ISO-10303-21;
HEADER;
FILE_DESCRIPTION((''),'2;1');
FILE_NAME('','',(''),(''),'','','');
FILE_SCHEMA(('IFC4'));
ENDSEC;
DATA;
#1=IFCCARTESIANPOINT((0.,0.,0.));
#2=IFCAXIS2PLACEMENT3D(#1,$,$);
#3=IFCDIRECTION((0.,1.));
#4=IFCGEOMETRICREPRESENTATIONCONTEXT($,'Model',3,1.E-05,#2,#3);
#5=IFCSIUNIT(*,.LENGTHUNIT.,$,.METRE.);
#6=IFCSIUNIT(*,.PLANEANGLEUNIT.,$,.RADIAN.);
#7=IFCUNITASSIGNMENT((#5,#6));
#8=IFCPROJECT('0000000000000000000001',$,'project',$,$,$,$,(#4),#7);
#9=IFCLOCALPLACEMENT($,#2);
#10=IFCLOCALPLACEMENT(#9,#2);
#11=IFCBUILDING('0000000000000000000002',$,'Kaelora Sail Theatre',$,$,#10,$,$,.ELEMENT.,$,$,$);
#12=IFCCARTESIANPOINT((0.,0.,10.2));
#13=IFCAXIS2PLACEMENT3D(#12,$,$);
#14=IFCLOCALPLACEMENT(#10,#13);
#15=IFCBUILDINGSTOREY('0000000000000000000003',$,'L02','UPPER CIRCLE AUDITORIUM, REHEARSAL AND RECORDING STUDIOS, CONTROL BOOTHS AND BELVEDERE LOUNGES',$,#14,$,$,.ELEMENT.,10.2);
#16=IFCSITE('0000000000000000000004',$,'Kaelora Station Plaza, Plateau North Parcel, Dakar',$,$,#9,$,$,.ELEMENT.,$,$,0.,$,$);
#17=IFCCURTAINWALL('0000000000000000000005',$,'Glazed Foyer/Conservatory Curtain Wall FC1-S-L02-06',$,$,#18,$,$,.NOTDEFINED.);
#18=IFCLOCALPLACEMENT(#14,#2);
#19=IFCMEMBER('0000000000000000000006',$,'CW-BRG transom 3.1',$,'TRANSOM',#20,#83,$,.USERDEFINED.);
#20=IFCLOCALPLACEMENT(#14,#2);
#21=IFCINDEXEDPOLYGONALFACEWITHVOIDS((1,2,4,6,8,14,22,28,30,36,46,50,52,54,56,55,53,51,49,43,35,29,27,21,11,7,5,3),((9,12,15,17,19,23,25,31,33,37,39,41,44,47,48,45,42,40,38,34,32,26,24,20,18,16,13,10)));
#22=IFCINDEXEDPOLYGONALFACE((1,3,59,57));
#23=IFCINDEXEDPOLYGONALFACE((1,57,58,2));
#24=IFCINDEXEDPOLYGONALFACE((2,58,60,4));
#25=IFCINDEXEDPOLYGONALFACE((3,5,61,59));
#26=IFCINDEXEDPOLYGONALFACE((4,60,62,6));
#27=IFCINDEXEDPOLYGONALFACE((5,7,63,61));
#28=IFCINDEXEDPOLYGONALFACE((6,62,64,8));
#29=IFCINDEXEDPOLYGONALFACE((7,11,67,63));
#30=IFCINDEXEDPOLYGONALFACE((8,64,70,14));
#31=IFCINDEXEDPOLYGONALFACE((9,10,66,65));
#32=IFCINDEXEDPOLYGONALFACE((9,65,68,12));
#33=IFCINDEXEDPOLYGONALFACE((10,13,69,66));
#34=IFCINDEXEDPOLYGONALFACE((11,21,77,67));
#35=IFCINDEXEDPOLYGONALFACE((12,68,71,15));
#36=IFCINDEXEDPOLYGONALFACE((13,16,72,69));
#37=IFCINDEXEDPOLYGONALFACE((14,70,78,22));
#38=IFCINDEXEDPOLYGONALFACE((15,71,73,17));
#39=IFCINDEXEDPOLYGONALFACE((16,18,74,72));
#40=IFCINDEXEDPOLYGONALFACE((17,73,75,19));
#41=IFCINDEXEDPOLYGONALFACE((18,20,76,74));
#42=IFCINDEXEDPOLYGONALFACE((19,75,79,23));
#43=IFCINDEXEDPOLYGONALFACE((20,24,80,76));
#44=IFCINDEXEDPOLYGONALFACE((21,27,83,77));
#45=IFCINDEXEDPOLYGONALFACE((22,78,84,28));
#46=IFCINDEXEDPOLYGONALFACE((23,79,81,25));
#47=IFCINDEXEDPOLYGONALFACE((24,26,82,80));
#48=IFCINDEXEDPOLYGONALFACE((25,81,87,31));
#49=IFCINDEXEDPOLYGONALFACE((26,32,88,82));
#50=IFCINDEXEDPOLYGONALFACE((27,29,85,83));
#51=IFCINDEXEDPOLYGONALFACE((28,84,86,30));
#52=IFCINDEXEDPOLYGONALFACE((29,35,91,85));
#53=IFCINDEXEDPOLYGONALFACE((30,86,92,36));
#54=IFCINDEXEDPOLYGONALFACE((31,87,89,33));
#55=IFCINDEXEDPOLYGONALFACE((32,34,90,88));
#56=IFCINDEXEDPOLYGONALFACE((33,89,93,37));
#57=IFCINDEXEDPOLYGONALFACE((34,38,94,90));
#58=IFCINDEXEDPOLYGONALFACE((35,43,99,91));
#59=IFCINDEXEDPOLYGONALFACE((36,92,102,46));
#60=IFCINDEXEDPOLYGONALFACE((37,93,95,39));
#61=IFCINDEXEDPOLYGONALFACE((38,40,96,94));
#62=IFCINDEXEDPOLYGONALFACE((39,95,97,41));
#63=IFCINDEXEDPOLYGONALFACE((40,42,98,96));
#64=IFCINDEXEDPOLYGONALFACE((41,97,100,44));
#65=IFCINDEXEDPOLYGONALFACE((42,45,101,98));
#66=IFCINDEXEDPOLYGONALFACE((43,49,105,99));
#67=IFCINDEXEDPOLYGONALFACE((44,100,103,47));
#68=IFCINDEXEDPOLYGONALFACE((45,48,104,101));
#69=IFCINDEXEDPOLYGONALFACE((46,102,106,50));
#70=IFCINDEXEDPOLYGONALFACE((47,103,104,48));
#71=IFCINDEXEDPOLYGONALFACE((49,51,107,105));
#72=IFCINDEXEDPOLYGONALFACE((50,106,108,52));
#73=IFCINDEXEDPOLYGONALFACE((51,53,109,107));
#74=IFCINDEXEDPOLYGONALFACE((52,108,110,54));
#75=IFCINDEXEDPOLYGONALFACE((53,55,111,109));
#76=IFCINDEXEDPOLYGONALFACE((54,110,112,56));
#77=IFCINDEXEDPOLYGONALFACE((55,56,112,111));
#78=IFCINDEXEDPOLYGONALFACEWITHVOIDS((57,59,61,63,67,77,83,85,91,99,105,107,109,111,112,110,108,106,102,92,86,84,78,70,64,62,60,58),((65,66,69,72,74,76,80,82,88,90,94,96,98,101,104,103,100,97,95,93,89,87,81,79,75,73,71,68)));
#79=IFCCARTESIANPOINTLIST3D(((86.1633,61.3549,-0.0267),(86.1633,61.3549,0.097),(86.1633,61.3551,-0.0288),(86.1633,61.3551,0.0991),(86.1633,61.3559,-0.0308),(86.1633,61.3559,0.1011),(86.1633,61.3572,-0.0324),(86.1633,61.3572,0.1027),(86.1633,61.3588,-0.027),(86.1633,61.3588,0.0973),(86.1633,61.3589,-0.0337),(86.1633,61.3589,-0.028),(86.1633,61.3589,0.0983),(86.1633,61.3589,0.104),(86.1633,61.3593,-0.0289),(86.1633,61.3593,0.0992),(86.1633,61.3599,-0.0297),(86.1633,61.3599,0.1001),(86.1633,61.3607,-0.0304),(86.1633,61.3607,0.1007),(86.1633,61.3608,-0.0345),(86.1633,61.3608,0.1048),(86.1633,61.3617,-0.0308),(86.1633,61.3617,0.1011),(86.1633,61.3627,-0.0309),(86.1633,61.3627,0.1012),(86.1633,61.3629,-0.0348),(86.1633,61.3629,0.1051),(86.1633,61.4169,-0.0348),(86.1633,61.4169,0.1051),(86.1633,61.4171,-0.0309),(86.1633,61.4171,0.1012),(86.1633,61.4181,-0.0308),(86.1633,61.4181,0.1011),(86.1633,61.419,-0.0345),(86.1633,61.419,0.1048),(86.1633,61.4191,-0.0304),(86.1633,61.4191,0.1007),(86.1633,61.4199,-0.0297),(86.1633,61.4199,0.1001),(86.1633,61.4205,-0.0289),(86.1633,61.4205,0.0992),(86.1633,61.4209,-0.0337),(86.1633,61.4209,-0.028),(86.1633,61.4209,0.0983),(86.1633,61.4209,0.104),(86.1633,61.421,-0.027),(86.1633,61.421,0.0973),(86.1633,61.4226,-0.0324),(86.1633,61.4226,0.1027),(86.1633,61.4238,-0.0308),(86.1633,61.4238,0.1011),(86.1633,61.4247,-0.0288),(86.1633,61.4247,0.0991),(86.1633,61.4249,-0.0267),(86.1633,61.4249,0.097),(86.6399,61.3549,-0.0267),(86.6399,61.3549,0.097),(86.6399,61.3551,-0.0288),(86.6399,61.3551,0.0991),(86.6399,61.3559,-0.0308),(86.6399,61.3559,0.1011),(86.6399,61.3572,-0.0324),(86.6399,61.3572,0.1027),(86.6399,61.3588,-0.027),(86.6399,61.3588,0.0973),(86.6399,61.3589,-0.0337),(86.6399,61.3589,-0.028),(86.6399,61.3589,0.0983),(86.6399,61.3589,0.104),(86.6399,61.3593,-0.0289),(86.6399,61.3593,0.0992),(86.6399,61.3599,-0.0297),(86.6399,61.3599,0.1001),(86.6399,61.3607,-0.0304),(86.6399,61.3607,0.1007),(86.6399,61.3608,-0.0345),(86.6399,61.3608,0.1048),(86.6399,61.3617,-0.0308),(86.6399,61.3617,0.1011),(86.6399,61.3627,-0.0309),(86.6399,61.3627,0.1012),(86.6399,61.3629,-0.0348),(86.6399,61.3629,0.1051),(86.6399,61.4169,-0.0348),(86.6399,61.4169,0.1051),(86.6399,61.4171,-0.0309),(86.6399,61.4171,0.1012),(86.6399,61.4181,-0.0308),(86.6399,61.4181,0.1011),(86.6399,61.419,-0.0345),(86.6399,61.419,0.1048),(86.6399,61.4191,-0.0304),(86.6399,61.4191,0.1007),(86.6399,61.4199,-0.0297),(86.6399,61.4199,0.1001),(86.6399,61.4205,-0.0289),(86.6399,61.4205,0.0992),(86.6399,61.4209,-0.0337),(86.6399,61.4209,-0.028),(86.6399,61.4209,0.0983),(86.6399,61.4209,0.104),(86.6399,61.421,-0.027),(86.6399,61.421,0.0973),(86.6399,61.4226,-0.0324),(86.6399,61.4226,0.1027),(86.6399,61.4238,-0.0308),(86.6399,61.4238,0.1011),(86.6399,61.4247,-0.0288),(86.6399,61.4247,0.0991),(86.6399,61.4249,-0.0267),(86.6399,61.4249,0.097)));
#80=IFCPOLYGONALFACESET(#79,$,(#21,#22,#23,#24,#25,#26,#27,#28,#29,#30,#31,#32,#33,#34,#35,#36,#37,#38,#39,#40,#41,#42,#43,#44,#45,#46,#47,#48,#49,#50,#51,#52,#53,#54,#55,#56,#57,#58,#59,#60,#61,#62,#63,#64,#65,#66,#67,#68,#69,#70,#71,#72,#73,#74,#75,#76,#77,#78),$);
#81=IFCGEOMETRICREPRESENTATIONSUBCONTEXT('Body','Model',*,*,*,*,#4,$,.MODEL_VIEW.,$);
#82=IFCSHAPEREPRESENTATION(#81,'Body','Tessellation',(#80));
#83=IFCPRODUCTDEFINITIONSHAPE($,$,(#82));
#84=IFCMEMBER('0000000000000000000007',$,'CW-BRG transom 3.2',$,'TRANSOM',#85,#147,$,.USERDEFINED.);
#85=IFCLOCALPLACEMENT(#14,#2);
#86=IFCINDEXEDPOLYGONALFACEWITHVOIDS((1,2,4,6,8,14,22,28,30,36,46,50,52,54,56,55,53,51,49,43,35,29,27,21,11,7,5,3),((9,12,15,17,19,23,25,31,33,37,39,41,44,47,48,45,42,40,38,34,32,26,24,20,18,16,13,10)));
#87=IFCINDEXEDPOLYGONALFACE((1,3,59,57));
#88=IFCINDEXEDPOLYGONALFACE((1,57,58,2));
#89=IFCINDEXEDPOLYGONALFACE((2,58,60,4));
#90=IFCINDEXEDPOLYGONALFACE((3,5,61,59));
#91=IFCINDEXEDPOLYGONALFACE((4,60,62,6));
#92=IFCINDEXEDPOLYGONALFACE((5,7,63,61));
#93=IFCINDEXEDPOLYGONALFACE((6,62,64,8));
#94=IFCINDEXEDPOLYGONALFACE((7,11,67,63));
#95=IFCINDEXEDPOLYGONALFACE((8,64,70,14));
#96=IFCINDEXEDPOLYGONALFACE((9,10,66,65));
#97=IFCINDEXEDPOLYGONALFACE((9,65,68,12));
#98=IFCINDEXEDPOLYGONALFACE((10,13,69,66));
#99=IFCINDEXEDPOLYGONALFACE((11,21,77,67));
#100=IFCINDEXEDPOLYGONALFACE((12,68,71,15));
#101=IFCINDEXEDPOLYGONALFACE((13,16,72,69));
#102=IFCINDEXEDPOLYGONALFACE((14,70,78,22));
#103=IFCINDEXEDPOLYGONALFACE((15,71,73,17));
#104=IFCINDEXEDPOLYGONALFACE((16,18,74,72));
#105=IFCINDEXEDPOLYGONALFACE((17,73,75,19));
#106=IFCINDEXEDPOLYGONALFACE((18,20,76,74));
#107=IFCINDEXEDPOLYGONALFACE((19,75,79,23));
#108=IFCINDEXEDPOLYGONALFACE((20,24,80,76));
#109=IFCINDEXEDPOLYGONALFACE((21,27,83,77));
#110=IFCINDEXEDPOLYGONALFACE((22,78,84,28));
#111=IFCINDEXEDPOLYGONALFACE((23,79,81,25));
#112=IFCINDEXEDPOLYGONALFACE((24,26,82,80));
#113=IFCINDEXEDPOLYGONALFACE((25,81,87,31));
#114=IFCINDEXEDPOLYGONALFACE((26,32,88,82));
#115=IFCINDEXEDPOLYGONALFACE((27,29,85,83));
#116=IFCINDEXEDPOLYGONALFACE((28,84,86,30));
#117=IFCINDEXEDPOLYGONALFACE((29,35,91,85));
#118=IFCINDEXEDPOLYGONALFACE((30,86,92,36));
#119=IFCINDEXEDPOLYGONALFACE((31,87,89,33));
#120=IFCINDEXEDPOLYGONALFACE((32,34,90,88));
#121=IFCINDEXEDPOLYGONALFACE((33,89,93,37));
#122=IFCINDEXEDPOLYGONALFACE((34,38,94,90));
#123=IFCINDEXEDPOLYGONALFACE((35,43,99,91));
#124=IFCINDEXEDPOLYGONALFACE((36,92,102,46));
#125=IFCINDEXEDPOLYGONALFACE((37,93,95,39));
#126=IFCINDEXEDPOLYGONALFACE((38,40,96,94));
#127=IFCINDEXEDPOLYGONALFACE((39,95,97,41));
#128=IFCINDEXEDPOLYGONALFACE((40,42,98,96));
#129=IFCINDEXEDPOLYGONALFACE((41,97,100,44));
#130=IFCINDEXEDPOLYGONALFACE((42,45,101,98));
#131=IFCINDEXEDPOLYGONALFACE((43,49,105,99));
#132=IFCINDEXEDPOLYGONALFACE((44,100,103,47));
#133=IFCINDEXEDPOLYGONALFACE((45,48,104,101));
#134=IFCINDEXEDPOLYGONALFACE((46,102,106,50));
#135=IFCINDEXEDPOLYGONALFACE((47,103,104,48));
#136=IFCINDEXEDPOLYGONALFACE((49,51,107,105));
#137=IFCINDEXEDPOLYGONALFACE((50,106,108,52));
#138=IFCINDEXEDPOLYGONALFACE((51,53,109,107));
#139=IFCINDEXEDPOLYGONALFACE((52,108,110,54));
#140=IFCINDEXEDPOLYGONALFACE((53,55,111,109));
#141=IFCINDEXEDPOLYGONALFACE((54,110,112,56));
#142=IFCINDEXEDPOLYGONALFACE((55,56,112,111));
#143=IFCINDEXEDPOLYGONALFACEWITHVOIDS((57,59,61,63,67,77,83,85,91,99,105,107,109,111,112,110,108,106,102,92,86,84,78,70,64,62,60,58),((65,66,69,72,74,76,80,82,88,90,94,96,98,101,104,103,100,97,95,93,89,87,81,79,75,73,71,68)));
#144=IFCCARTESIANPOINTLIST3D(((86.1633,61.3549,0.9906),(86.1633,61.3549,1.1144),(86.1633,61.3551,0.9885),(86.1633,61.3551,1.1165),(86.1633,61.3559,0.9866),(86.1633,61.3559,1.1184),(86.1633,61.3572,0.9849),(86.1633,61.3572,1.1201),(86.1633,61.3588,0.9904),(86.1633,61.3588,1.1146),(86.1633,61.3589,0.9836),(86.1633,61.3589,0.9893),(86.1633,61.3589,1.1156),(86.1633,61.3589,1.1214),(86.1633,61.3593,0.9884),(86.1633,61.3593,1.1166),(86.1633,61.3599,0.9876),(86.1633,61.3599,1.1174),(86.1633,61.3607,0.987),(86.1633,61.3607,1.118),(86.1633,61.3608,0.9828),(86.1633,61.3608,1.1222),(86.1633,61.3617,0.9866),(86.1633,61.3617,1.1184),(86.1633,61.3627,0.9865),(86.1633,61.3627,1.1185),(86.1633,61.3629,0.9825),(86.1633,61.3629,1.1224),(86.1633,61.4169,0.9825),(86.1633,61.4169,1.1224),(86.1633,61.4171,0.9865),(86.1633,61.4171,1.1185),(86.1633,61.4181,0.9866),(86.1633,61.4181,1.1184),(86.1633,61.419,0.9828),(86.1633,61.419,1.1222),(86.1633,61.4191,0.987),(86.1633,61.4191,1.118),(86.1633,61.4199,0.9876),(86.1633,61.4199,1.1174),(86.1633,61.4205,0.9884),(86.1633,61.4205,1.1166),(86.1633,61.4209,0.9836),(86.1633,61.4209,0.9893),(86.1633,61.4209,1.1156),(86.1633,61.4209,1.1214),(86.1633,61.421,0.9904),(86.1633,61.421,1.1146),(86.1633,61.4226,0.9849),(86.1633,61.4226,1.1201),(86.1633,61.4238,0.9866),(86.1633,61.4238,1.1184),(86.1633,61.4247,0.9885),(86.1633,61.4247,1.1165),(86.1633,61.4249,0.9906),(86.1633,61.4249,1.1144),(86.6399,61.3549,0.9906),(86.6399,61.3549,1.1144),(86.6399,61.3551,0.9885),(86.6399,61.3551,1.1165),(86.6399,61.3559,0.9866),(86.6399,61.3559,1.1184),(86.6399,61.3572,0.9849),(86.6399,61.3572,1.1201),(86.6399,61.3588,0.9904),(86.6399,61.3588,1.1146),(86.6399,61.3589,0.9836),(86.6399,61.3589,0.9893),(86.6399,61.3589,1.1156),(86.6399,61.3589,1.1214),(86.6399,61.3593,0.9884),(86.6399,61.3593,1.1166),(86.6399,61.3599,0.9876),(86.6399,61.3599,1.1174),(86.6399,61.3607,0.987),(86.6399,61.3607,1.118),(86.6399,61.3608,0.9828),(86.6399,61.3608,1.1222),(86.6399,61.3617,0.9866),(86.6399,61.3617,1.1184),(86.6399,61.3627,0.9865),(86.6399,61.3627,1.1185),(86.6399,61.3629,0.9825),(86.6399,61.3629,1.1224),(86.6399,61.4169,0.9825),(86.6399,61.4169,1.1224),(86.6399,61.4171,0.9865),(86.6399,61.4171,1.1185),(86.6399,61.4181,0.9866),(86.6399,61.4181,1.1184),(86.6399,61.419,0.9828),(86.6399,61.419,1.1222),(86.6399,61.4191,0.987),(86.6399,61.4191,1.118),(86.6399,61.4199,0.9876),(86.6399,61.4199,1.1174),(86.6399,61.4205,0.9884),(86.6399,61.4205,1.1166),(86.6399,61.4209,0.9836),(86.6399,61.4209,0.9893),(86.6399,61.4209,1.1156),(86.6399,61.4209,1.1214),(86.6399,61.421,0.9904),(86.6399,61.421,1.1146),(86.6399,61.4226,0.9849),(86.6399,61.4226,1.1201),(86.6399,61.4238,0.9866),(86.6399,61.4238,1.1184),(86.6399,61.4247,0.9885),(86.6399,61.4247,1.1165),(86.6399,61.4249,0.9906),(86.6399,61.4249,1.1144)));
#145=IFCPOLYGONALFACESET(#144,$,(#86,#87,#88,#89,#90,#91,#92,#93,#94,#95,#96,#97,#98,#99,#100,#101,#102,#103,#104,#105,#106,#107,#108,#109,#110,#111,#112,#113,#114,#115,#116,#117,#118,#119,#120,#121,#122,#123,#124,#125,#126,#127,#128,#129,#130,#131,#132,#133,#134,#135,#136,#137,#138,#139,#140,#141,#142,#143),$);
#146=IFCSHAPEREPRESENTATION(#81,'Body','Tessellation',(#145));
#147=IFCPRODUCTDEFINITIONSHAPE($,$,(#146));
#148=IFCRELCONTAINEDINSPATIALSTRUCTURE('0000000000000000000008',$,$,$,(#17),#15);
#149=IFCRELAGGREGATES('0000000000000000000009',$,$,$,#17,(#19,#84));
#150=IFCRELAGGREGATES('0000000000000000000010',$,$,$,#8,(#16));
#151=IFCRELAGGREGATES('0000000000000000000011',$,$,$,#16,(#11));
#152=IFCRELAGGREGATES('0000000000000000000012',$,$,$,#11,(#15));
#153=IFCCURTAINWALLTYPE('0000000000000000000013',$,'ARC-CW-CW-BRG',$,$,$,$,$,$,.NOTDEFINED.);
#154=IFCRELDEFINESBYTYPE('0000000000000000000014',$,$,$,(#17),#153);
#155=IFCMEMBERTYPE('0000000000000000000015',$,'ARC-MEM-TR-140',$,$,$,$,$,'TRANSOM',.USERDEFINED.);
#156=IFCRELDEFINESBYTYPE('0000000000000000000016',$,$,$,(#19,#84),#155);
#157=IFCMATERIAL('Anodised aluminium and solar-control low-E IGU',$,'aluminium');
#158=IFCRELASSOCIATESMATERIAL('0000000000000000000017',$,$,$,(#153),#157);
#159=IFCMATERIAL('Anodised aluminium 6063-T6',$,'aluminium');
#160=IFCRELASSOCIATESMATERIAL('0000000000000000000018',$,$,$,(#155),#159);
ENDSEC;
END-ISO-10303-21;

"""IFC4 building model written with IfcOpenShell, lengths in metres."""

from ifc_helpers import new_model, si_unit, direction, frame, origin, origin_2d, place, context, subcontext, project, spatial, hollow_rectangle, extrude, material, material_profile, profile_set, type_object, element, aggregate, save


model = new_model("IFC4")

# Units and contexts
model_context = context("Model", 3, precision=1e-05, world=origin(), true_north=direction((0.0, 1.0)))
body_context = subcontext(model_context, "Body", "Model", "MODEL_VIEW")
ifc_project = project(units=[si_unit("LENGTHUNIT", "METRE"), si_unit("PLANEANGLEUNIT", "RADIAN")], contexts=[model_context])

# Site, building, storey
site_placement = place(None, origin())
site = spatial("IfcSite", under=ifc_project, at=site_placement, Name="Kaelora Station Plaza, Plateau North Parcel, Dakar", CompositionType="ELEMENT", RefElevation=0.0)
building_placement = place(site_placement, origin())
building = spatial("IfcBuilding", under=site, at=building_placement, Name="Kaelora Sail Theatre", CompositionType="ELEMENT")
storey_placement = place(building_placement, frame((0.0, 0.0, 10.2)))
storey = spatial("IfcBuildingStorey", under=building, at=storey_placement, Name="L02", Description="UPPER CIRCLE AUDITORIUM, REHEARSAL AND RECORDING STUDIOS, CONTROL BOOTHS AND BELVEDERE LOUNGES", CompositionType="ELEMENT", Elevation=10.2)

# Curtain wall
ifc_material_1 = material(Name="Anodised aluminium and solar-control low-E IGU", Category="aluminium")
curtain_wall_type = type_object("IfcCurtainWallType", Name="ARC-CW-CW-BRG", PredefinedType="NOTDEFINED", material=ifc_material_1)
curtain_wall_1_placement = place(storey_placement, origin())
curtain_wall_1 = element("IfcCurtainWall", 1, at=curtain_wall_1_placement, inside=storey, type_object=curtain_wall_type, Name="Glazed Foyer/Conservatory Curtain Wall FC1-S-L02-06", PredefinedType="NOTDEFINED")

# Members
ifc_material_2 = material(Name="Anodised aluminium 6063-T6", Category="aluminium")
ifc_material_profile_1 = material_profile(ifc_material_2, hollow_rectangle(XDim=0.0701, YDim=0.1399, WallThickness=0.0039, InnerFilletRadius=0.0039, OuterFilletRadius=0.0081, at=origin_2d()), Name="ALU-TRAN 70x140x4")
ifc_profile_set_1 = profile_set([ifc_material_profile_1], Name="Anodised aluminium 6063-T6")
member_type_1 = type_object("IfcMemberType", Name="ARC-MEM-TR-140", ElementType="TRANSOM", PredefinedType="USERDEFINED", material=ifc_profile_set_1)
member_1_placement = place(storey_placement, frame((86.1633, 61.3899, 0.0352), z_axis=(1.0, 0.0, 0.0), x_axis=(0.0, 1.0, 0.0)))
member_1 = element("IfcMember", 2, at=member_1_placement, type_object=member_type_1, Name="CW-BRG transom 3.1", ObjectType="TRANSOM", PredefinedType="USERDEFINED", context=body_context, shape_type="SweptSolid", body=[
    extrude(hollow_rectangle(XDim=0.0701, YDim=0.1399, WallThickness=0.0039, InnerFilletRadius=0.0039, OuterFilletRadius=0.0081, at=origin_2d()), origin(), (0.0, 0.0, 1.0), 0.4766),
])
member_2_placement = place(storey_placement, frame((86.1633, 61.3899, 1.0525), z_axis=(1.0, 0.0, 0.0), x_axis=(0.0, 1.0, 0.0)))
member_2 = element("IfcMember", 3, at=member_2_placement, type_object=member_type_1, Name="CW-BRG transom 3.2", ObjectType="TRANSOM", PredefinedType="USERDEFINED", context=body_context, shape_type="SweptSolid", body=[
    extrude(hollow_rectangle(XDim=0.0701, YDim=0.1399, WallThickness=0.0039, InnerFilletRadius=0.0039, OuterFilletRadius=0.0081, at=origin_2d()), origin(), (0.0, 0.0, 1.0), 0.4766),
])

aggregate(curtain_wall_1, [member_1, member_2])

save(model, "model.ifc")
